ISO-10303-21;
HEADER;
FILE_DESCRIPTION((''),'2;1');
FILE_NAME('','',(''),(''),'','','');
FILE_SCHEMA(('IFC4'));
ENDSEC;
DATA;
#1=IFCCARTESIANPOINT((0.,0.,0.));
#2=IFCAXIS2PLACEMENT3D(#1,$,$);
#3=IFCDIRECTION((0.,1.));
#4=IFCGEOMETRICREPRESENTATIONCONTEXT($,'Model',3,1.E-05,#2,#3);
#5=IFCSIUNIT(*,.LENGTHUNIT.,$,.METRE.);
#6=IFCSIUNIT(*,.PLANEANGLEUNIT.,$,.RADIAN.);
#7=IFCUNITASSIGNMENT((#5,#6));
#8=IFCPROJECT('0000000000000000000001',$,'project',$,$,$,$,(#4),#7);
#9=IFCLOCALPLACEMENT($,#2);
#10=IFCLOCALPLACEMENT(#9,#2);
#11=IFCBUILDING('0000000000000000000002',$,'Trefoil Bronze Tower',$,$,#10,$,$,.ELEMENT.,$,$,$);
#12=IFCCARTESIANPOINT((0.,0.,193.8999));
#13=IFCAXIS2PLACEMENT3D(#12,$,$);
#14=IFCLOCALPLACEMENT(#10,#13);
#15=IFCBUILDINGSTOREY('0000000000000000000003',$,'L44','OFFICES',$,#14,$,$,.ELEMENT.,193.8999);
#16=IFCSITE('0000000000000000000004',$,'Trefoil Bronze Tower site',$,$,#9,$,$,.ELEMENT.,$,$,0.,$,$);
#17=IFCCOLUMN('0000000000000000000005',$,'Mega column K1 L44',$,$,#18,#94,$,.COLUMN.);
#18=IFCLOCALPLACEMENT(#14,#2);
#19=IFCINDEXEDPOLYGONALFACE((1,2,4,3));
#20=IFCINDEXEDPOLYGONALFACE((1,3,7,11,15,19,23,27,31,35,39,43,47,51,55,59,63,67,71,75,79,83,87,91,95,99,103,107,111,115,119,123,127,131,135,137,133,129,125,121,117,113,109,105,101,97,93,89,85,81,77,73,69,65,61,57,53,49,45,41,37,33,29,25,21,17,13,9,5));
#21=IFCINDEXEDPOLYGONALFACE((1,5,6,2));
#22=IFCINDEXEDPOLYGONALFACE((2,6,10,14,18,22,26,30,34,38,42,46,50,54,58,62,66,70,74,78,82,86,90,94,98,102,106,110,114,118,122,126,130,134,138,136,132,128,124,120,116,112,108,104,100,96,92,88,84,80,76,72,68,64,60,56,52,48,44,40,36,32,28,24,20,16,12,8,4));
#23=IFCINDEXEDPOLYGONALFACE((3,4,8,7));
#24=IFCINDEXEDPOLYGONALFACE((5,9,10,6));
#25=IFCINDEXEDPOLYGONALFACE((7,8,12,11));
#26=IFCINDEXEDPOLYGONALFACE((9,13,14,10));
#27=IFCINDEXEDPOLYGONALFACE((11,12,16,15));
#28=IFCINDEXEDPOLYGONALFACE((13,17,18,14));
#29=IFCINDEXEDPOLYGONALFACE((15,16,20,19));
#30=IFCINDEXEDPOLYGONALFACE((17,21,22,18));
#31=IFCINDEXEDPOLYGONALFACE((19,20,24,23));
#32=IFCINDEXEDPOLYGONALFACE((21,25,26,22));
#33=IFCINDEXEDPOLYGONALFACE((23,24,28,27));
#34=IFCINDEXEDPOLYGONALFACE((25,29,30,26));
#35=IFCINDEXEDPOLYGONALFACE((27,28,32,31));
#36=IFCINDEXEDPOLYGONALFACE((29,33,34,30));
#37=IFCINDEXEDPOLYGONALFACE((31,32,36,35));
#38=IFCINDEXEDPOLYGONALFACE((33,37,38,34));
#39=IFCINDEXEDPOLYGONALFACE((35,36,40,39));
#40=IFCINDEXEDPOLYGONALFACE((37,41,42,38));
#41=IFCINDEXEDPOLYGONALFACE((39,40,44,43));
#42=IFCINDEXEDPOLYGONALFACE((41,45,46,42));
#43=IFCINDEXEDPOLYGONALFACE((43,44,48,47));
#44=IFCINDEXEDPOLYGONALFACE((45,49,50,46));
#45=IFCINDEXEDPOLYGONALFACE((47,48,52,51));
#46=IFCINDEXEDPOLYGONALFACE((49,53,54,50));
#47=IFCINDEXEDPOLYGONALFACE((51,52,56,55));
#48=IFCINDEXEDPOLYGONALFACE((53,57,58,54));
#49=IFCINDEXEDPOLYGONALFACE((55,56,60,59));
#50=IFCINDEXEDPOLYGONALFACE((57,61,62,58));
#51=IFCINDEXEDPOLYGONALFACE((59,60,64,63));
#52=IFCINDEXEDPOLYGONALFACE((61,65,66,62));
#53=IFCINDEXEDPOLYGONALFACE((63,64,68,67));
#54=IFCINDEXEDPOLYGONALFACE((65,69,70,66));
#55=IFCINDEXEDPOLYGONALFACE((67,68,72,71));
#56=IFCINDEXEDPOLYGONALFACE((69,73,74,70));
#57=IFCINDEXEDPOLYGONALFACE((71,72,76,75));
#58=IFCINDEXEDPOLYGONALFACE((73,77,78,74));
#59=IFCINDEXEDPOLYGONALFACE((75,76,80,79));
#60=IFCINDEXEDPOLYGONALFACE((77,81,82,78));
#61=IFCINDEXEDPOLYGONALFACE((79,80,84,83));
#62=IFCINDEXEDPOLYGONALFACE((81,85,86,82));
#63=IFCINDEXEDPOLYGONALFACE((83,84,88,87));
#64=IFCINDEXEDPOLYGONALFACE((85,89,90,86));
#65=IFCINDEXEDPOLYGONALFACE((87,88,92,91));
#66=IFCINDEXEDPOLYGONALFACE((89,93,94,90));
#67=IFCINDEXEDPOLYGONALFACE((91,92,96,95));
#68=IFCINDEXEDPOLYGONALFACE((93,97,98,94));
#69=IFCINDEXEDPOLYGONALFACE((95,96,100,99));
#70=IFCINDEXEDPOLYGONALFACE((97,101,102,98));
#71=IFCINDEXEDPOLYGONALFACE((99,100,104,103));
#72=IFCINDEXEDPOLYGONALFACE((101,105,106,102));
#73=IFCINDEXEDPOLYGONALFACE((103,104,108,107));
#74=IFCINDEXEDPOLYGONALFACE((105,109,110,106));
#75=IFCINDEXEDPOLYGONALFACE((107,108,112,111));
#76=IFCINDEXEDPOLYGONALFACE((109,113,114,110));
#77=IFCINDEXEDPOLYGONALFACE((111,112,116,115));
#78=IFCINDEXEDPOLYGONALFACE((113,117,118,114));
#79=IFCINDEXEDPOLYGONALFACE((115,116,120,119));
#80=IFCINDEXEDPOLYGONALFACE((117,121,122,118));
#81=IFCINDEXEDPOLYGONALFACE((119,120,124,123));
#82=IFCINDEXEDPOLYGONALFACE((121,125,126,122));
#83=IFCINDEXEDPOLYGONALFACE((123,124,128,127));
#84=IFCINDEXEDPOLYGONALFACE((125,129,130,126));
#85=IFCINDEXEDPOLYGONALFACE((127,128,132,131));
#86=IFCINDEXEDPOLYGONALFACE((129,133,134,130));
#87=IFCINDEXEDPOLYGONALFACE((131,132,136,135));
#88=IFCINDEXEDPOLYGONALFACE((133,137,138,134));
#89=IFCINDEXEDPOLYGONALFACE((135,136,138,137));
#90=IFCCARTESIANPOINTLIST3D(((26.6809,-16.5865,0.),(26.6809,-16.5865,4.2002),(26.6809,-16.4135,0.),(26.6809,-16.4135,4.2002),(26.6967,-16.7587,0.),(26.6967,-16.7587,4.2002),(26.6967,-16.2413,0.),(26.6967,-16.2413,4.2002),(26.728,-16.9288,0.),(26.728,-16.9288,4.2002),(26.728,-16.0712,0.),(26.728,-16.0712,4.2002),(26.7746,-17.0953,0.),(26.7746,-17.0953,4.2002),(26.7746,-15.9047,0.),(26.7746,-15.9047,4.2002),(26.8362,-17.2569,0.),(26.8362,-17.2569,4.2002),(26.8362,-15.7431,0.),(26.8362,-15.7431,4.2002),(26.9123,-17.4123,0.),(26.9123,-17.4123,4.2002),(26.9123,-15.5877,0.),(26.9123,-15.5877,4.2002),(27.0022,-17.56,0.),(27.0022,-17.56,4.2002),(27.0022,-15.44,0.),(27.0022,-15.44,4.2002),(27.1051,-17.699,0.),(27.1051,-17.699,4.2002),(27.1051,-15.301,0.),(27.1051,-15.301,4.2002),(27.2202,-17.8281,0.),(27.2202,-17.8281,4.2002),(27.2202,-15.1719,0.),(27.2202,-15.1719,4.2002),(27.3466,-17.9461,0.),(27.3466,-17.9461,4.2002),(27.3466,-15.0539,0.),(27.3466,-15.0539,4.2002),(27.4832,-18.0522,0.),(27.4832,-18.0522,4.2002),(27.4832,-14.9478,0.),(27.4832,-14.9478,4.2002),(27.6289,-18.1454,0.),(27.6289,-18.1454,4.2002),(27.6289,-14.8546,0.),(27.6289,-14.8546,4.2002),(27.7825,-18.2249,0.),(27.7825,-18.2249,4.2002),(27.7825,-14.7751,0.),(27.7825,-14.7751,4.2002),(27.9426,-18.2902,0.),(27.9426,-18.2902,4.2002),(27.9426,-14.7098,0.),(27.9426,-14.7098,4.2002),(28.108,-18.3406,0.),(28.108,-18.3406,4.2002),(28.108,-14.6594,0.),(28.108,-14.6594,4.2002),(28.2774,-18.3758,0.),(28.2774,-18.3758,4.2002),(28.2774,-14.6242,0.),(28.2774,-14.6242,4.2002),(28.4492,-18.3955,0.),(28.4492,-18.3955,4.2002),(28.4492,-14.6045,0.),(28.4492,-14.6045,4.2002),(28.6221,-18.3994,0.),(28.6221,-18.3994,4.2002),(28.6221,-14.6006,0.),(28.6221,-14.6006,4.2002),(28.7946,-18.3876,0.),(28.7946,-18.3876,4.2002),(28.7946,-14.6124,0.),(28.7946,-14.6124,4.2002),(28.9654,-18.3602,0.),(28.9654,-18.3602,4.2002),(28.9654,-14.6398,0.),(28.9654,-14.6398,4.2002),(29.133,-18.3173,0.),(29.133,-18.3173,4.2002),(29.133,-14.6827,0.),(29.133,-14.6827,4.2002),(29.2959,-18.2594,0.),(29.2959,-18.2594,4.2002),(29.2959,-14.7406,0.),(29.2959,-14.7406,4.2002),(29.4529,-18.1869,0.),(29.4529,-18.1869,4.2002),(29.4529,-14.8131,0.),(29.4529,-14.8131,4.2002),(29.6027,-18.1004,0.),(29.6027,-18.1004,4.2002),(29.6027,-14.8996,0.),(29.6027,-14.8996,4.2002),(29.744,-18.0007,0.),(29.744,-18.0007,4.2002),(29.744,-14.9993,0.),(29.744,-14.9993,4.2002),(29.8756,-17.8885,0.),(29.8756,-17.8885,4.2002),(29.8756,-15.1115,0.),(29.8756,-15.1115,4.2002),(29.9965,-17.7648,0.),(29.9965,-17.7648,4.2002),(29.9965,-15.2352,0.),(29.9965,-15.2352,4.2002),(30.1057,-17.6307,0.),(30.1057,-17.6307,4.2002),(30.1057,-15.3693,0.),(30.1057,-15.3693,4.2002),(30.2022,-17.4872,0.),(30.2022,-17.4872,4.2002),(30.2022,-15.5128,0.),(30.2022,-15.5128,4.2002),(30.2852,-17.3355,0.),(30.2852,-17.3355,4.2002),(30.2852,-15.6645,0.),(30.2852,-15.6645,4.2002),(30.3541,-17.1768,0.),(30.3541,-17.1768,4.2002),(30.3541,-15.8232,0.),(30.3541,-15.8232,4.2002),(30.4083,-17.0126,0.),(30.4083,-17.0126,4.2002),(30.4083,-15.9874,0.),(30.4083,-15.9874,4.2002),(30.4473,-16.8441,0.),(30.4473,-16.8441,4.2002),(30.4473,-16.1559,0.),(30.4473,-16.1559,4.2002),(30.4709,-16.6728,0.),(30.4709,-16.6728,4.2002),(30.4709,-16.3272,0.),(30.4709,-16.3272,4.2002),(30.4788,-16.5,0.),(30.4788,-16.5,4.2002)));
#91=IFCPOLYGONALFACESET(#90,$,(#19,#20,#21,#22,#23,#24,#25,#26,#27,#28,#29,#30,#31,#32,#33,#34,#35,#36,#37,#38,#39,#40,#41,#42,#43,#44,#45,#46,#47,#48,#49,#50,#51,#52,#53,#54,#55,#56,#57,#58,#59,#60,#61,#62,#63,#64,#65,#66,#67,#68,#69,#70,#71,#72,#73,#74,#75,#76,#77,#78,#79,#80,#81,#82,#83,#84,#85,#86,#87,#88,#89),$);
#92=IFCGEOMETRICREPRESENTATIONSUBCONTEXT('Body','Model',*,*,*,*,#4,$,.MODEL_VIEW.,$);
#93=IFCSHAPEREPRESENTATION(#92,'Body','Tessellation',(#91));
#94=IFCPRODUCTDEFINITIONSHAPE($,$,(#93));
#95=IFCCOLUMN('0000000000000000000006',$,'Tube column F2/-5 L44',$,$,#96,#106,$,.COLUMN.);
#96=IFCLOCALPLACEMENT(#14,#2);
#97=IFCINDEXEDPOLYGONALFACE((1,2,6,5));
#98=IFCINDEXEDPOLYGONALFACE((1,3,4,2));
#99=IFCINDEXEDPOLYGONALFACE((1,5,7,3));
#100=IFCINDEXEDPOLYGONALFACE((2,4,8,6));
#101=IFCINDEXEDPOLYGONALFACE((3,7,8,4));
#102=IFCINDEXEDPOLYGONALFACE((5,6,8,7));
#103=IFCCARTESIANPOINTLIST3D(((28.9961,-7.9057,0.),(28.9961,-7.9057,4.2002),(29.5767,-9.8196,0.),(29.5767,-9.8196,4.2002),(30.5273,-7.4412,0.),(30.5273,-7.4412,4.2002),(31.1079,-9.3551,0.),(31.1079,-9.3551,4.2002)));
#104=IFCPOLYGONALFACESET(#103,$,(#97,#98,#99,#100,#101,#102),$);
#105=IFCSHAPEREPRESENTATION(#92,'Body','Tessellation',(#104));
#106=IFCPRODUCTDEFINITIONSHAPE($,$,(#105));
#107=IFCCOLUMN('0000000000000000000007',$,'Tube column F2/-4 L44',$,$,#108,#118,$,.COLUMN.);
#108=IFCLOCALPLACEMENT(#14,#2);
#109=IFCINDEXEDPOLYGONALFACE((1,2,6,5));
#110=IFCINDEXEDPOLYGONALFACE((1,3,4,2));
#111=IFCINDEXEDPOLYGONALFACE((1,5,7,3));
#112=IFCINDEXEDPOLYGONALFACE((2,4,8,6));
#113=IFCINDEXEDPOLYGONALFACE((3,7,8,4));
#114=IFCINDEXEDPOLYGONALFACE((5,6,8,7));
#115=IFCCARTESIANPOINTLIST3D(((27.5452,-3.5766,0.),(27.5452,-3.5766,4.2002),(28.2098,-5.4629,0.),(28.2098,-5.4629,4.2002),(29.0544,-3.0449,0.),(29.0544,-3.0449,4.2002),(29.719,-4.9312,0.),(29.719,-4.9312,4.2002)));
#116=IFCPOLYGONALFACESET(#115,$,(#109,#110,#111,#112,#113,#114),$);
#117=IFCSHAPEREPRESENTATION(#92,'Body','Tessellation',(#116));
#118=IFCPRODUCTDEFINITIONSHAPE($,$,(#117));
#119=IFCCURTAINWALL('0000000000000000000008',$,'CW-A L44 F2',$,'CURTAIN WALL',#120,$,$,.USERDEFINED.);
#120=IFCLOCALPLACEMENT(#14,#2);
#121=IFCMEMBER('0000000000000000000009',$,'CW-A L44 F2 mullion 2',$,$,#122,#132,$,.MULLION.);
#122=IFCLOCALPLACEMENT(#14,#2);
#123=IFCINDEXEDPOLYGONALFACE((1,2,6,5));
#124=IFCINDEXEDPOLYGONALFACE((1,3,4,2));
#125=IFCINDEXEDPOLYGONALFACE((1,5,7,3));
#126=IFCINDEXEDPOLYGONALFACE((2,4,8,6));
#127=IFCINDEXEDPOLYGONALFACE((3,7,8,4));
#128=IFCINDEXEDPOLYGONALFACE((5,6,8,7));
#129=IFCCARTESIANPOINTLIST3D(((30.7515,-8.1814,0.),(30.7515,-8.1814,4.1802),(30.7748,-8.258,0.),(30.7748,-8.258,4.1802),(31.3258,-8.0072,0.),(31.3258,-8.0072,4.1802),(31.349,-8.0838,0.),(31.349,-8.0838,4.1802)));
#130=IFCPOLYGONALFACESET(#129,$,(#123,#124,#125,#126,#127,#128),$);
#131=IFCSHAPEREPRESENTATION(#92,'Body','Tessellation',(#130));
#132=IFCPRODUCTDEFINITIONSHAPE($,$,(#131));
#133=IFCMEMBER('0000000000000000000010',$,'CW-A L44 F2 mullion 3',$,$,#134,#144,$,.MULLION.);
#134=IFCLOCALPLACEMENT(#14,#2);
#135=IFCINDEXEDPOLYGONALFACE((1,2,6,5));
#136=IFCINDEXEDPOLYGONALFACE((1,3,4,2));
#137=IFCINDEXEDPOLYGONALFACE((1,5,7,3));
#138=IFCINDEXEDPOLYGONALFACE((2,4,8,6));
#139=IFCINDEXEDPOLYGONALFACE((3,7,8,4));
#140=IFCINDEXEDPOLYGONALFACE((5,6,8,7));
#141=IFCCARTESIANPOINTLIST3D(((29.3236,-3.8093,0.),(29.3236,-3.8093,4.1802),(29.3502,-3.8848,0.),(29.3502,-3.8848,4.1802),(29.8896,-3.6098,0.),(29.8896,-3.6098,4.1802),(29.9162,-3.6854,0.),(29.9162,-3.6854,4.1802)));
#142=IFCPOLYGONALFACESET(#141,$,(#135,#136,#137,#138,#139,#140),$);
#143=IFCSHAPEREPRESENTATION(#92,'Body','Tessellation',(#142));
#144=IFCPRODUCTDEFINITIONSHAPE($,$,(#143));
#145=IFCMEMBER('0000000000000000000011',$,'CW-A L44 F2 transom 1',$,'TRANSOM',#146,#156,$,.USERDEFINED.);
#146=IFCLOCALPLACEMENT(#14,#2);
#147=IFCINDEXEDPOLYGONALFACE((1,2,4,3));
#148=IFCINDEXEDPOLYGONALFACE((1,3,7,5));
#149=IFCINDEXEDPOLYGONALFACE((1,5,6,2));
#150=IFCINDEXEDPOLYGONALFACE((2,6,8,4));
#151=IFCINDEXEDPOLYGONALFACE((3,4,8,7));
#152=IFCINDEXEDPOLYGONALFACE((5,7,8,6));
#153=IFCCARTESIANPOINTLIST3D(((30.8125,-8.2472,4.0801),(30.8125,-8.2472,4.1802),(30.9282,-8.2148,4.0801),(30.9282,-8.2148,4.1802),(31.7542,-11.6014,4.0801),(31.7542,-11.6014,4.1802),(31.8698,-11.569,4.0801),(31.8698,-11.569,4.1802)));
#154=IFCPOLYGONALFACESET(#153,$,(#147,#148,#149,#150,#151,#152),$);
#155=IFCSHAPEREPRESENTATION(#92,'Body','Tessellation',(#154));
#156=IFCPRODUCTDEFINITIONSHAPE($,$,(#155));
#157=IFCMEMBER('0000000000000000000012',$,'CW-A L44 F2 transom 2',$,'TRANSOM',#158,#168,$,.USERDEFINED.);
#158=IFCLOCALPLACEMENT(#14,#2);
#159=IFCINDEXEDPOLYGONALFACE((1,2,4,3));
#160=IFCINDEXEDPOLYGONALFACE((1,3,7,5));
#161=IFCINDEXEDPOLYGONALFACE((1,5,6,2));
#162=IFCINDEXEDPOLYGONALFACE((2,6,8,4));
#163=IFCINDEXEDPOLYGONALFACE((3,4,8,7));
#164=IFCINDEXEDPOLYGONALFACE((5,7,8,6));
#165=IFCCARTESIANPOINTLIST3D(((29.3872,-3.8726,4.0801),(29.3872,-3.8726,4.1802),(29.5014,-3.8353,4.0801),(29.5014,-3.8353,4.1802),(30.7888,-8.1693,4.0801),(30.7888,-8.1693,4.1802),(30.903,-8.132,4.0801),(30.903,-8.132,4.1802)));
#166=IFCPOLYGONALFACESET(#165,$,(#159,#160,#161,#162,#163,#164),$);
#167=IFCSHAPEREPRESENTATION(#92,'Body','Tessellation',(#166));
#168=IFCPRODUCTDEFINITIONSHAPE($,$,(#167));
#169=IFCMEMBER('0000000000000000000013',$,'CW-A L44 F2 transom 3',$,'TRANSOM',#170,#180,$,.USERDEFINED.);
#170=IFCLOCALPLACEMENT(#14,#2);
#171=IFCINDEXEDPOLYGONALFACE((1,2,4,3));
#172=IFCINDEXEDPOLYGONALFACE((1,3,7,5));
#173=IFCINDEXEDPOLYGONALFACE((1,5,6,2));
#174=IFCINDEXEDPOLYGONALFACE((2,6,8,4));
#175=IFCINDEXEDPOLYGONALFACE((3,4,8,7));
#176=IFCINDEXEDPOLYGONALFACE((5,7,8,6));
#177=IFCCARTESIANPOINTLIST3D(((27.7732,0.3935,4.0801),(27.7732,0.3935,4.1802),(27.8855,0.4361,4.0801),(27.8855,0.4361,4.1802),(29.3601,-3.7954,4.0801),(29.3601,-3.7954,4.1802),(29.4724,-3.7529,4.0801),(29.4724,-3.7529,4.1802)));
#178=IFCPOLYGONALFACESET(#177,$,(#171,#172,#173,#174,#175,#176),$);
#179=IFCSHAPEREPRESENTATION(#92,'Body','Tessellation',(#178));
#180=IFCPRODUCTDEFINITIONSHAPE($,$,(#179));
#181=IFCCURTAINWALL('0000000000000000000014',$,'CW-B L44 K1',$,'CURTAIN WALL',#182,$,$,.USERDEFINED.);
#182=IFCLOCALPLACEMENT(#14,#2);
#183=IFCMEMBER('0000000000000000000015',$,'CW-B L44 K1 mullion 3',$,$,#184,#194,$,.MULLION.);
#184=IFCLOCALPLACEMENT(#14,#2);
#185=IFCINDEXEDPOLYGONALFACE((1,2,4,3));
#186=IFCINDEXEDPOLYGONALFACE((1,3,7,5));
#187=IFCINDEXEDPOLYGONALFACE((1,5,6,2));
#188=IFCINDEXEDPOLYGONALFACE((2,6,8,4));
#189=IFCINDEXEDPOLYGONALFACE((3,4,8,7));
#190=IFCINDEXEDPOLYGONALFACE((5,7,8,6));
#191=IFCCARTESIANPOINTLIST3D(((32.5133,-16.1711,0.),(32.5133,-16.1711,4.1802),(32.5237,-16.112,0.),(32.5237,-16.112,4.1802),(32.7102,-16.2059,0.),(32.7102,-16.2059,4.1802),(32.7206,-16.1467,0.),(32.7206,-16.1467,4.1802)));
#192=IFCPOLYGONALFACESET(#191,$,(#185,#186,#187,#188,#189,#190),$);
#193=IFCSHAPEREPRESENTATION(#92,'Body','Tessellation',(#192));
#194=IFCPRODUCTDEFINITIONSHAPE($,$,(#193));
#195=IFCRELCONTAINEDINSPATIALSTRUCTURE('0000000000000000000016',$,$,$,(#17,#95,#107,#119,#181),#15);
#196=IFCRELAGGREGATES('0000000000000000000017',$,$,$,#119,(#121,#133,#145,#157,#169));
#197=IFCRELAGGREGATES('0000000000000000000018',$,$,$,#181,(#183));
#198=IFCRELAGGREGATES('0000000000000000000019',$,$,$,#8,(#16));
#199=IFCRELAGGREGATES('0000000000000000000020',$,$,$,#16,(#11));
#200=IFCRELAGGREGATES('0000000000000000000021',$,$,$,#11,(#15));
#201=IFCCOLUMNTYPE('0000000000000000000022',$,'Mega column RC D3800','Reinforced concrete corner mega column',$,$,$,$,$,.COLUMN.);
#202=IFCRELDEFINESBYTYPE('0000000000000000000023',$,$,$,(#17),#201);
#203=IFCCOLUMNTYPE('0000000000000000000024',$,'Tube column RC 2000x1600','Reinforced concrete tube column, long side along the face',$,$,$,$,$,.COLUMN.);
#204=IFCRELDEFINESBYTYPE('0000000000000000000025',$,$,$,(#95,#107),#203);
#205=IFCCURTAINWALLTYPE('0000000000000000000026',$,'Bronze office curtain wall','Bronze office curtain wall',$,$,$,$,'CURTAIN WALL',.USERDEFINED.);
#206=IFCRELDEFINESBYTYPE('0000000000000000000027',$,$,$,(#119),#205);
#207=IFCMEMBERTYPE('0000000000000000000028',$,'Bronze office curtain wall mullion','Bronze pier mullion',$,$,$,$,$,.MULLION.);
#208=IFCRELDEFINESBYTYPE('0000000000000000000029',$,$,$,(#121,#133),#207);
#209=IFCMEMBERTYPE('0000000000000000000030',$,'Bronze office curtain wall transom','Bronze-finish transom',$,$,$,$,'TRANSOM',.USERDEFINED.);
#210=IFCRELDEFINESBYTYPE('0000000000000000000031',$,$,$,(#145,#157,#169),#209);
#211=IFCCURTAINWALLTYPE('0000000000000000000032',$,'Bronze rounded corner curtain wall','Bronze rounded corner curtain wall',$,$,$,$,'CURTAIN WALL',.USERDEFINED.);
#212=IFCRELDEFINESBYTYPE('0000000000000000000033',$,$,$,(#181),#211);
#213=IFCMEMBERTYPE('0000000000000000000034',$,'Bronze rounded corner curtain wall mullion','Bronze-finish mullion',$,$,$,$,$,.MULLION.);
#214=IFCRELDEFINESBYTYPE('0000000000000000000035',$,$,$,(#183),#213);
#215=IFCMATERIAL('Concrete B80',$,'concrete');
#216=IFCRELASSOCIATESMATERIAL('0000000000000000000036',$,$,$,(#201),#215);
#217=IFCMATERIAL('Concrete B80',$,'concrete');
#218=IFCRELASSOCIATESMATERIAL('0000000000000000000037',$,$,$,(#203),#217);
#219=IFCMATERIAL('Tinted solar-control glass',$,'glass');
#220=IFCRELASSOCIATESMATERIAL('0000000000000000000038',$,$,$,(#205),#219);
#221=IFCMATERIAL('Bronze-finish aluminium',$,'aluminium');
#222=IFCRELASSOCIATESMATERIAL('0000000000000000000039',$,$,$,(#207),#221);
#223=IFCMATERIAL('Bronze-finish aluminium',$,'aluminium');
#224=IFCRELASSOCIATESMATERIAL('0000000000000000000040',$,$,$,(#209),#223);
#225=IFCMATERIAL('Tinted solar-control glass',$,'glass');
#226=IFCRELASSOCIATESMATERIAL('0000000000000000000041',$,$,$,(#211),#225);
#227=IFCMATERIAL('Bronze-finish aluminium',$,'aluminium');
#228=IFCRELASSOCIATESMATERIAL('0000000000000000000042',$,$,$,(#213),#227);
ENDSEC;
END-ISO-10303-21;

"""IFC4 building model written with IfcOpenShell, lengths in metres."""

from ifc_helpers import new_model, si_unit, direction, frame, origin, origin_2d, place, context, subcontext, project, spatial, rectangle, circle, extrude, material, material_profile, profile_set, type_object, element, aggregate, save


model = new_model("IFC4")

# Units and contexts
model_context = context("Model", 3, precision=1e-05, world=origin(), true_north=direction((0.0, 1.0)))
body_context = subcontext(model_context, "Body", "Model", "MODEL_VIEW")
ifc_project = project(units=[si_unit("LENGTHUNIT", "METRE"), si_unit("PLANEANGLEUNIT", "RADIAN")], contexts=[model_context])

# Site, building, storey
site_placement = place(None, origin())
site = spatial("IfcSite", under=ifc_project, at=site_placement, Name="Trefoil Bronze Tower site", CompositionType="ELEMENT", RefElevation=0.0)
building_placement = place(site_placement, origin())
building = spatial("IfcBuilding", under=site, at=building_placement, Name="Trefoil Bronze Tower", CompositionType="ELEMENT")
storey_placement = place(building_placement, frame((0.0, 0.0, 193.8999)))
storey = spatial("IfcBuildingStorey", under=building, at=storey_placement, Name="L44", Description="OFFICES", CompositionType="ELEMENT", Elevation=193.8999)

# Columns
ifc_material_1 = material(Name="Concrete B80", Category="concrete")
ifc_material_profile_1 = material_profile(ifc_material_1, circle(Radius=1.8999, at=origin_2d()), Name="RC D3800")
ifc_profile_set_1 = profile_set([ifc_material_profile_1], Name="Concrete B80")
column_type_1 = type_object("IfcColumnType", Name="Mega column RC D3800", Description="Reinforced concrete corner mega column", PredefinedType="COLUMN", material=ifc_profile_set_1)
column_placement = place(storey_placement, frame((28.5789, -16.5, 0.0), z_axis=(0.0, 0.0, 1.0), x_axis=(1.0, 0.0, 0.0)))
element("IfcColumn", 1, at=column_placement, inside=storey, type_object=column_type_1, Name="Mega column K1 L44", PredefinedType="COLUMN", context=body_context, shape_type="SweptSolid", body=[
    extrude(circle(Radius=1.8999, at=origin_2d()), origin(), (0.0, 0.0, 1.0), 4.2002),
])
ifc_material_2 = material(Name="Concrete B80", Category="concrete")
ifc_material_profile_2 = material_profile(ifc_material_2, rectangle(XDim=2.0, YDim=1.6001, at=origin_2d()), Name="RC 2000x1600")
ifc_profile_set_2 = profile_set([ifc_material_profile_2], Name="Concrete B80")
column_type_2 = type_object("IfcColumnType", Name="Tube column RC 2000x1600", Description="Reinforced concrete tube column, long side along the face", PredefinedType="COLUMN", material=ifc_profile_set_2)
for number, where, z_axis, x_axis, name in (
    (2, (30.052, -8.6304, 0.0), (0.0, 0.0, 1.0), (-0.290278, 0.956942, 0.0), "Tube column F2/-5 L44"),
    (3, (28.6321, -4.2539, 0.0), (0.0, 0.0, 1.0), (-0.332282, 0.94318, 0.0), "Tube column F2/-4 L44"),
):
    element("IfcColumn", number, at=place(storey_placement, frame(where, z_axis=z_axis, x_axis=x_axis)), inside=storey, type_object=column_type_2, Name=name, PredefinedType="COLUMN", context=body_context, shape_type="SweptSolid", body=[
        extrude(rectangle(XDim=2.0, YDim=1.6001, at=origin_2d()), origin(), (0.0, 0.0, 1.0), 4.2002),
    ])

# Curtain walls, members
ifc_material_3 = material(Name="Tinted solar-control glass", Category="glass")
curtain_wall_type_1 = type_object("IfcCurtainWallType", Name="Bronze office curtain wall", Description="Bronze office curtain wall", ElementType="CURTAIN WALL", PredefinedType="USERDEFINED", material=ifc_material_3)
curtain_wall_1_placement = place(storey_placement, origin())
curtain_wall_1 = element("IfcCurtainWall", 4, at=curtain_wall_1_placement, inside=storey, type_object=curtain_wall_type_1, Name="CW-A L44 F2", ObjectType="CURTAIN WALL", PredefinedType="USERDEFINED")
ifc_material_4 = material(Name="Bronze-finish aluminium", Category="aluminium")
ifc_material_profile_3 = material_profile(ifc_material_4, rectangle(XDim=0.6001, YDim=0.0801, at=origin_2d()), Name="CW-A mullion")
ifc_profile_set_3 = profile_set([ifc_material_profile_3], Name="Bronze-finish aluminium")
member_type_1 = type_object("IfcMemberType", Name="Bronze office curtain wall mullion", Description="Bronze pier mullion", PredefinedType="MULLION", material=ifc_profile_set_3)
member_1_placement = place(storey_placement, frame((31.0503, -8.1326, 0.0), z_axis=(0.0, 0.0, 1.0), x_axis=(-0.956942, -0.290278, 0.0)))
member_1 = element("IfcMember", 5, at=member_1_placement, type_object=member_type_1, Name="CW-A L44 F2 mullion 2", PredefinedType="MULLION", context=body_context, shape_type="SweptSolid", body=[
    extrude(rectangle(XDim=0.6001, YDim=0.0801, at=origin_2d()), origin(), (0.0, 0.0, 1.0), 4.1802),
])
member_2_placement = place(storey_placement, frame((29.6199, -3.7473, 0.0), z_axis=(0.0, 0.0, 1.0), x_axis=(-0.94318, -0.332282, 0.0)))
member_2 = element("IfcMember", 6, at=member_2_placement, type_object=member_type_1, Name="CW-A L44 F2 mullion 3", PredefinedType="MULLION", context=body_context, shape_type="SweptSolid", body=[
    extrude(rectangle(XDim=0.6001, YDim=0.0801, at=origin_2d()), origin(), (0.0, 0.0, 1.0), 4.1802),
])
ifc_material_5 = material(Name="Bronze-finish aluminium", Category="aluminium")
ifc_material_profile_4 = material_profile(ifc_material_5, rectangle(XDim=0.1201, YDim=0.1001, at=origin_2d()), Name="CW-A transom")
ifc_profile_set_4 = profile_set([ifc_material_profile_4], Name="Bronze-finish aluminium")
member_type_2 = type_object("IfcMemberType", Name="Bronze office curtain wall transom", Description="Bronze-finish transom", ElementType="TRANSOM", PredefinedType="USERDEFINED", material=ifc_profile_set_4)
member_3_placement = place(storey_placement, frame((31.812, -11.5852, 4.1301), z_axis=(-0.270285, 0.96278, 0.0), x_axis=(-0.96278, -0.270285, 0.0)))
member_3 = element("IfcMember", 7, at=member_3_placement, type_object=member_type_2, Name="CW-A L44 F2 transom 1", ObjectType="TRANSOM", PredefinedType="USERDEFINED", context=body_context, shape_type="SweptSolid", body=[
    extrude(rectangle(XDim=0.1201, YDim=0.1001, at=origin_2d()), origin(), (0.0, 0.0, 1.0), 3.4839),
])
member_4_placement = place(storey_placement, frame((30.8459, -8.1506, 4.1301), z_axis=(-0.310128, 0.950695, 0.0), x_axis=(-0.950695, -0.310128, 0.0)))
member_4 = element("IfcMember", 8, at=member_4_placement, type_object=member_type_2, Name="CW-A L44 F2 transom 2", ObjectType="TRANSOM", PredefinedType="USERDEFINED", context=body_context, shape_type="SweptSolid", body=[
    extrude(rectangle(XDim=0.1201, YDim=0.1001, at=origin_2d()), origin(), (0.0, 0.0, 1.0), 4.5195),
])
member_5_placement = place(storey_placement, frame((29.4163, -3.7742, 4.1301), z_axis=(-0.354263, 0.935146, 0.0), x_axis=(-0.935146, -0.354263, 0.0)))
member_5 = element("IfcMember", 9, at=member_5_placement, type_object=member_type_2, Name="CW-A L44 F2 transom 3", ObjectType="TRANSOM", PredefinedType="USERDEFINED", context=body_context, shape_type="SweptSolid", body=[
    extrude(rectangle(XDim=0.1201, YDim=0.1001, at=origin_2d()), origin(), (0.0, 0.0, 1.0), 4.4795),
])
ifc_material_6 = material(Name="Tinted solar-control glass", Category="glass")
curtain_wall_type_2 = type_object("IfcCurtainWallType", Name="Bronze rounded corner curtain wall", Description="Bronze rounded corner curtain wall", ElementType="CURTAIN WALL", PredefinedType="USERDEFINED", material=ifc_material_6)
curtain_wall_2_placement = place(storey_placement, origin())
curtain_wall_2 = element("IfcCurtainWall", 10, at=curtain_wall_2_placement, inside=storey, type_object=curtain_wall_type_2, Name="CW-B L44 K1", ObjectType="CURTAIN WALL", PredefinedType="USERDEFINED")
ifc_material_7 = material(Name="Bronze-finish aluminium", Category="aluminium")
ifc_material_profile_5 = material_profile(ifc_material_7, rectangle(XDim=0.2, YDim=0.0601, at=origin_2d()), Name="CW-B mullion")
ifc_profile_set_5 = profile_set([ifc_material_profile_5], Name="Bronze-finish aluminium")
member_type_3 = type_object("IfcMemberType", Name="Bronze rounded corner curtain wall mullion", Description="Bronze-finish mullion", PredefinedType="MULLION", material=ifc_profile_set_5)
member_6_placement = place(storey_placement, frame((32.6169, -16.1589, 0.0), z_axis=(0.0, 0.0, 1.0), x_axis=(-0.984808, 0.173648, 0.0)))
member_6 = element("IfcMember", 11, at=member_6_placement, type_object=member_type_3, Name="CW-B L44 K1 mullion 3", PredefinedType="MULLION", context=body_context, shape_type="SweptSolid", body=[
    extrude(rectangle(XDim=0.2, YDim=0.0601, at=origin_2d()), origin(), (0.0, 0.0, 1.0), 4.1802),
])

aggregate(curtain_wall_1, [member_1, member_2, member_3, member_4, member_5])
aggregate(curtain_wall_2, [member_6])

save(model, "model.ifc")
